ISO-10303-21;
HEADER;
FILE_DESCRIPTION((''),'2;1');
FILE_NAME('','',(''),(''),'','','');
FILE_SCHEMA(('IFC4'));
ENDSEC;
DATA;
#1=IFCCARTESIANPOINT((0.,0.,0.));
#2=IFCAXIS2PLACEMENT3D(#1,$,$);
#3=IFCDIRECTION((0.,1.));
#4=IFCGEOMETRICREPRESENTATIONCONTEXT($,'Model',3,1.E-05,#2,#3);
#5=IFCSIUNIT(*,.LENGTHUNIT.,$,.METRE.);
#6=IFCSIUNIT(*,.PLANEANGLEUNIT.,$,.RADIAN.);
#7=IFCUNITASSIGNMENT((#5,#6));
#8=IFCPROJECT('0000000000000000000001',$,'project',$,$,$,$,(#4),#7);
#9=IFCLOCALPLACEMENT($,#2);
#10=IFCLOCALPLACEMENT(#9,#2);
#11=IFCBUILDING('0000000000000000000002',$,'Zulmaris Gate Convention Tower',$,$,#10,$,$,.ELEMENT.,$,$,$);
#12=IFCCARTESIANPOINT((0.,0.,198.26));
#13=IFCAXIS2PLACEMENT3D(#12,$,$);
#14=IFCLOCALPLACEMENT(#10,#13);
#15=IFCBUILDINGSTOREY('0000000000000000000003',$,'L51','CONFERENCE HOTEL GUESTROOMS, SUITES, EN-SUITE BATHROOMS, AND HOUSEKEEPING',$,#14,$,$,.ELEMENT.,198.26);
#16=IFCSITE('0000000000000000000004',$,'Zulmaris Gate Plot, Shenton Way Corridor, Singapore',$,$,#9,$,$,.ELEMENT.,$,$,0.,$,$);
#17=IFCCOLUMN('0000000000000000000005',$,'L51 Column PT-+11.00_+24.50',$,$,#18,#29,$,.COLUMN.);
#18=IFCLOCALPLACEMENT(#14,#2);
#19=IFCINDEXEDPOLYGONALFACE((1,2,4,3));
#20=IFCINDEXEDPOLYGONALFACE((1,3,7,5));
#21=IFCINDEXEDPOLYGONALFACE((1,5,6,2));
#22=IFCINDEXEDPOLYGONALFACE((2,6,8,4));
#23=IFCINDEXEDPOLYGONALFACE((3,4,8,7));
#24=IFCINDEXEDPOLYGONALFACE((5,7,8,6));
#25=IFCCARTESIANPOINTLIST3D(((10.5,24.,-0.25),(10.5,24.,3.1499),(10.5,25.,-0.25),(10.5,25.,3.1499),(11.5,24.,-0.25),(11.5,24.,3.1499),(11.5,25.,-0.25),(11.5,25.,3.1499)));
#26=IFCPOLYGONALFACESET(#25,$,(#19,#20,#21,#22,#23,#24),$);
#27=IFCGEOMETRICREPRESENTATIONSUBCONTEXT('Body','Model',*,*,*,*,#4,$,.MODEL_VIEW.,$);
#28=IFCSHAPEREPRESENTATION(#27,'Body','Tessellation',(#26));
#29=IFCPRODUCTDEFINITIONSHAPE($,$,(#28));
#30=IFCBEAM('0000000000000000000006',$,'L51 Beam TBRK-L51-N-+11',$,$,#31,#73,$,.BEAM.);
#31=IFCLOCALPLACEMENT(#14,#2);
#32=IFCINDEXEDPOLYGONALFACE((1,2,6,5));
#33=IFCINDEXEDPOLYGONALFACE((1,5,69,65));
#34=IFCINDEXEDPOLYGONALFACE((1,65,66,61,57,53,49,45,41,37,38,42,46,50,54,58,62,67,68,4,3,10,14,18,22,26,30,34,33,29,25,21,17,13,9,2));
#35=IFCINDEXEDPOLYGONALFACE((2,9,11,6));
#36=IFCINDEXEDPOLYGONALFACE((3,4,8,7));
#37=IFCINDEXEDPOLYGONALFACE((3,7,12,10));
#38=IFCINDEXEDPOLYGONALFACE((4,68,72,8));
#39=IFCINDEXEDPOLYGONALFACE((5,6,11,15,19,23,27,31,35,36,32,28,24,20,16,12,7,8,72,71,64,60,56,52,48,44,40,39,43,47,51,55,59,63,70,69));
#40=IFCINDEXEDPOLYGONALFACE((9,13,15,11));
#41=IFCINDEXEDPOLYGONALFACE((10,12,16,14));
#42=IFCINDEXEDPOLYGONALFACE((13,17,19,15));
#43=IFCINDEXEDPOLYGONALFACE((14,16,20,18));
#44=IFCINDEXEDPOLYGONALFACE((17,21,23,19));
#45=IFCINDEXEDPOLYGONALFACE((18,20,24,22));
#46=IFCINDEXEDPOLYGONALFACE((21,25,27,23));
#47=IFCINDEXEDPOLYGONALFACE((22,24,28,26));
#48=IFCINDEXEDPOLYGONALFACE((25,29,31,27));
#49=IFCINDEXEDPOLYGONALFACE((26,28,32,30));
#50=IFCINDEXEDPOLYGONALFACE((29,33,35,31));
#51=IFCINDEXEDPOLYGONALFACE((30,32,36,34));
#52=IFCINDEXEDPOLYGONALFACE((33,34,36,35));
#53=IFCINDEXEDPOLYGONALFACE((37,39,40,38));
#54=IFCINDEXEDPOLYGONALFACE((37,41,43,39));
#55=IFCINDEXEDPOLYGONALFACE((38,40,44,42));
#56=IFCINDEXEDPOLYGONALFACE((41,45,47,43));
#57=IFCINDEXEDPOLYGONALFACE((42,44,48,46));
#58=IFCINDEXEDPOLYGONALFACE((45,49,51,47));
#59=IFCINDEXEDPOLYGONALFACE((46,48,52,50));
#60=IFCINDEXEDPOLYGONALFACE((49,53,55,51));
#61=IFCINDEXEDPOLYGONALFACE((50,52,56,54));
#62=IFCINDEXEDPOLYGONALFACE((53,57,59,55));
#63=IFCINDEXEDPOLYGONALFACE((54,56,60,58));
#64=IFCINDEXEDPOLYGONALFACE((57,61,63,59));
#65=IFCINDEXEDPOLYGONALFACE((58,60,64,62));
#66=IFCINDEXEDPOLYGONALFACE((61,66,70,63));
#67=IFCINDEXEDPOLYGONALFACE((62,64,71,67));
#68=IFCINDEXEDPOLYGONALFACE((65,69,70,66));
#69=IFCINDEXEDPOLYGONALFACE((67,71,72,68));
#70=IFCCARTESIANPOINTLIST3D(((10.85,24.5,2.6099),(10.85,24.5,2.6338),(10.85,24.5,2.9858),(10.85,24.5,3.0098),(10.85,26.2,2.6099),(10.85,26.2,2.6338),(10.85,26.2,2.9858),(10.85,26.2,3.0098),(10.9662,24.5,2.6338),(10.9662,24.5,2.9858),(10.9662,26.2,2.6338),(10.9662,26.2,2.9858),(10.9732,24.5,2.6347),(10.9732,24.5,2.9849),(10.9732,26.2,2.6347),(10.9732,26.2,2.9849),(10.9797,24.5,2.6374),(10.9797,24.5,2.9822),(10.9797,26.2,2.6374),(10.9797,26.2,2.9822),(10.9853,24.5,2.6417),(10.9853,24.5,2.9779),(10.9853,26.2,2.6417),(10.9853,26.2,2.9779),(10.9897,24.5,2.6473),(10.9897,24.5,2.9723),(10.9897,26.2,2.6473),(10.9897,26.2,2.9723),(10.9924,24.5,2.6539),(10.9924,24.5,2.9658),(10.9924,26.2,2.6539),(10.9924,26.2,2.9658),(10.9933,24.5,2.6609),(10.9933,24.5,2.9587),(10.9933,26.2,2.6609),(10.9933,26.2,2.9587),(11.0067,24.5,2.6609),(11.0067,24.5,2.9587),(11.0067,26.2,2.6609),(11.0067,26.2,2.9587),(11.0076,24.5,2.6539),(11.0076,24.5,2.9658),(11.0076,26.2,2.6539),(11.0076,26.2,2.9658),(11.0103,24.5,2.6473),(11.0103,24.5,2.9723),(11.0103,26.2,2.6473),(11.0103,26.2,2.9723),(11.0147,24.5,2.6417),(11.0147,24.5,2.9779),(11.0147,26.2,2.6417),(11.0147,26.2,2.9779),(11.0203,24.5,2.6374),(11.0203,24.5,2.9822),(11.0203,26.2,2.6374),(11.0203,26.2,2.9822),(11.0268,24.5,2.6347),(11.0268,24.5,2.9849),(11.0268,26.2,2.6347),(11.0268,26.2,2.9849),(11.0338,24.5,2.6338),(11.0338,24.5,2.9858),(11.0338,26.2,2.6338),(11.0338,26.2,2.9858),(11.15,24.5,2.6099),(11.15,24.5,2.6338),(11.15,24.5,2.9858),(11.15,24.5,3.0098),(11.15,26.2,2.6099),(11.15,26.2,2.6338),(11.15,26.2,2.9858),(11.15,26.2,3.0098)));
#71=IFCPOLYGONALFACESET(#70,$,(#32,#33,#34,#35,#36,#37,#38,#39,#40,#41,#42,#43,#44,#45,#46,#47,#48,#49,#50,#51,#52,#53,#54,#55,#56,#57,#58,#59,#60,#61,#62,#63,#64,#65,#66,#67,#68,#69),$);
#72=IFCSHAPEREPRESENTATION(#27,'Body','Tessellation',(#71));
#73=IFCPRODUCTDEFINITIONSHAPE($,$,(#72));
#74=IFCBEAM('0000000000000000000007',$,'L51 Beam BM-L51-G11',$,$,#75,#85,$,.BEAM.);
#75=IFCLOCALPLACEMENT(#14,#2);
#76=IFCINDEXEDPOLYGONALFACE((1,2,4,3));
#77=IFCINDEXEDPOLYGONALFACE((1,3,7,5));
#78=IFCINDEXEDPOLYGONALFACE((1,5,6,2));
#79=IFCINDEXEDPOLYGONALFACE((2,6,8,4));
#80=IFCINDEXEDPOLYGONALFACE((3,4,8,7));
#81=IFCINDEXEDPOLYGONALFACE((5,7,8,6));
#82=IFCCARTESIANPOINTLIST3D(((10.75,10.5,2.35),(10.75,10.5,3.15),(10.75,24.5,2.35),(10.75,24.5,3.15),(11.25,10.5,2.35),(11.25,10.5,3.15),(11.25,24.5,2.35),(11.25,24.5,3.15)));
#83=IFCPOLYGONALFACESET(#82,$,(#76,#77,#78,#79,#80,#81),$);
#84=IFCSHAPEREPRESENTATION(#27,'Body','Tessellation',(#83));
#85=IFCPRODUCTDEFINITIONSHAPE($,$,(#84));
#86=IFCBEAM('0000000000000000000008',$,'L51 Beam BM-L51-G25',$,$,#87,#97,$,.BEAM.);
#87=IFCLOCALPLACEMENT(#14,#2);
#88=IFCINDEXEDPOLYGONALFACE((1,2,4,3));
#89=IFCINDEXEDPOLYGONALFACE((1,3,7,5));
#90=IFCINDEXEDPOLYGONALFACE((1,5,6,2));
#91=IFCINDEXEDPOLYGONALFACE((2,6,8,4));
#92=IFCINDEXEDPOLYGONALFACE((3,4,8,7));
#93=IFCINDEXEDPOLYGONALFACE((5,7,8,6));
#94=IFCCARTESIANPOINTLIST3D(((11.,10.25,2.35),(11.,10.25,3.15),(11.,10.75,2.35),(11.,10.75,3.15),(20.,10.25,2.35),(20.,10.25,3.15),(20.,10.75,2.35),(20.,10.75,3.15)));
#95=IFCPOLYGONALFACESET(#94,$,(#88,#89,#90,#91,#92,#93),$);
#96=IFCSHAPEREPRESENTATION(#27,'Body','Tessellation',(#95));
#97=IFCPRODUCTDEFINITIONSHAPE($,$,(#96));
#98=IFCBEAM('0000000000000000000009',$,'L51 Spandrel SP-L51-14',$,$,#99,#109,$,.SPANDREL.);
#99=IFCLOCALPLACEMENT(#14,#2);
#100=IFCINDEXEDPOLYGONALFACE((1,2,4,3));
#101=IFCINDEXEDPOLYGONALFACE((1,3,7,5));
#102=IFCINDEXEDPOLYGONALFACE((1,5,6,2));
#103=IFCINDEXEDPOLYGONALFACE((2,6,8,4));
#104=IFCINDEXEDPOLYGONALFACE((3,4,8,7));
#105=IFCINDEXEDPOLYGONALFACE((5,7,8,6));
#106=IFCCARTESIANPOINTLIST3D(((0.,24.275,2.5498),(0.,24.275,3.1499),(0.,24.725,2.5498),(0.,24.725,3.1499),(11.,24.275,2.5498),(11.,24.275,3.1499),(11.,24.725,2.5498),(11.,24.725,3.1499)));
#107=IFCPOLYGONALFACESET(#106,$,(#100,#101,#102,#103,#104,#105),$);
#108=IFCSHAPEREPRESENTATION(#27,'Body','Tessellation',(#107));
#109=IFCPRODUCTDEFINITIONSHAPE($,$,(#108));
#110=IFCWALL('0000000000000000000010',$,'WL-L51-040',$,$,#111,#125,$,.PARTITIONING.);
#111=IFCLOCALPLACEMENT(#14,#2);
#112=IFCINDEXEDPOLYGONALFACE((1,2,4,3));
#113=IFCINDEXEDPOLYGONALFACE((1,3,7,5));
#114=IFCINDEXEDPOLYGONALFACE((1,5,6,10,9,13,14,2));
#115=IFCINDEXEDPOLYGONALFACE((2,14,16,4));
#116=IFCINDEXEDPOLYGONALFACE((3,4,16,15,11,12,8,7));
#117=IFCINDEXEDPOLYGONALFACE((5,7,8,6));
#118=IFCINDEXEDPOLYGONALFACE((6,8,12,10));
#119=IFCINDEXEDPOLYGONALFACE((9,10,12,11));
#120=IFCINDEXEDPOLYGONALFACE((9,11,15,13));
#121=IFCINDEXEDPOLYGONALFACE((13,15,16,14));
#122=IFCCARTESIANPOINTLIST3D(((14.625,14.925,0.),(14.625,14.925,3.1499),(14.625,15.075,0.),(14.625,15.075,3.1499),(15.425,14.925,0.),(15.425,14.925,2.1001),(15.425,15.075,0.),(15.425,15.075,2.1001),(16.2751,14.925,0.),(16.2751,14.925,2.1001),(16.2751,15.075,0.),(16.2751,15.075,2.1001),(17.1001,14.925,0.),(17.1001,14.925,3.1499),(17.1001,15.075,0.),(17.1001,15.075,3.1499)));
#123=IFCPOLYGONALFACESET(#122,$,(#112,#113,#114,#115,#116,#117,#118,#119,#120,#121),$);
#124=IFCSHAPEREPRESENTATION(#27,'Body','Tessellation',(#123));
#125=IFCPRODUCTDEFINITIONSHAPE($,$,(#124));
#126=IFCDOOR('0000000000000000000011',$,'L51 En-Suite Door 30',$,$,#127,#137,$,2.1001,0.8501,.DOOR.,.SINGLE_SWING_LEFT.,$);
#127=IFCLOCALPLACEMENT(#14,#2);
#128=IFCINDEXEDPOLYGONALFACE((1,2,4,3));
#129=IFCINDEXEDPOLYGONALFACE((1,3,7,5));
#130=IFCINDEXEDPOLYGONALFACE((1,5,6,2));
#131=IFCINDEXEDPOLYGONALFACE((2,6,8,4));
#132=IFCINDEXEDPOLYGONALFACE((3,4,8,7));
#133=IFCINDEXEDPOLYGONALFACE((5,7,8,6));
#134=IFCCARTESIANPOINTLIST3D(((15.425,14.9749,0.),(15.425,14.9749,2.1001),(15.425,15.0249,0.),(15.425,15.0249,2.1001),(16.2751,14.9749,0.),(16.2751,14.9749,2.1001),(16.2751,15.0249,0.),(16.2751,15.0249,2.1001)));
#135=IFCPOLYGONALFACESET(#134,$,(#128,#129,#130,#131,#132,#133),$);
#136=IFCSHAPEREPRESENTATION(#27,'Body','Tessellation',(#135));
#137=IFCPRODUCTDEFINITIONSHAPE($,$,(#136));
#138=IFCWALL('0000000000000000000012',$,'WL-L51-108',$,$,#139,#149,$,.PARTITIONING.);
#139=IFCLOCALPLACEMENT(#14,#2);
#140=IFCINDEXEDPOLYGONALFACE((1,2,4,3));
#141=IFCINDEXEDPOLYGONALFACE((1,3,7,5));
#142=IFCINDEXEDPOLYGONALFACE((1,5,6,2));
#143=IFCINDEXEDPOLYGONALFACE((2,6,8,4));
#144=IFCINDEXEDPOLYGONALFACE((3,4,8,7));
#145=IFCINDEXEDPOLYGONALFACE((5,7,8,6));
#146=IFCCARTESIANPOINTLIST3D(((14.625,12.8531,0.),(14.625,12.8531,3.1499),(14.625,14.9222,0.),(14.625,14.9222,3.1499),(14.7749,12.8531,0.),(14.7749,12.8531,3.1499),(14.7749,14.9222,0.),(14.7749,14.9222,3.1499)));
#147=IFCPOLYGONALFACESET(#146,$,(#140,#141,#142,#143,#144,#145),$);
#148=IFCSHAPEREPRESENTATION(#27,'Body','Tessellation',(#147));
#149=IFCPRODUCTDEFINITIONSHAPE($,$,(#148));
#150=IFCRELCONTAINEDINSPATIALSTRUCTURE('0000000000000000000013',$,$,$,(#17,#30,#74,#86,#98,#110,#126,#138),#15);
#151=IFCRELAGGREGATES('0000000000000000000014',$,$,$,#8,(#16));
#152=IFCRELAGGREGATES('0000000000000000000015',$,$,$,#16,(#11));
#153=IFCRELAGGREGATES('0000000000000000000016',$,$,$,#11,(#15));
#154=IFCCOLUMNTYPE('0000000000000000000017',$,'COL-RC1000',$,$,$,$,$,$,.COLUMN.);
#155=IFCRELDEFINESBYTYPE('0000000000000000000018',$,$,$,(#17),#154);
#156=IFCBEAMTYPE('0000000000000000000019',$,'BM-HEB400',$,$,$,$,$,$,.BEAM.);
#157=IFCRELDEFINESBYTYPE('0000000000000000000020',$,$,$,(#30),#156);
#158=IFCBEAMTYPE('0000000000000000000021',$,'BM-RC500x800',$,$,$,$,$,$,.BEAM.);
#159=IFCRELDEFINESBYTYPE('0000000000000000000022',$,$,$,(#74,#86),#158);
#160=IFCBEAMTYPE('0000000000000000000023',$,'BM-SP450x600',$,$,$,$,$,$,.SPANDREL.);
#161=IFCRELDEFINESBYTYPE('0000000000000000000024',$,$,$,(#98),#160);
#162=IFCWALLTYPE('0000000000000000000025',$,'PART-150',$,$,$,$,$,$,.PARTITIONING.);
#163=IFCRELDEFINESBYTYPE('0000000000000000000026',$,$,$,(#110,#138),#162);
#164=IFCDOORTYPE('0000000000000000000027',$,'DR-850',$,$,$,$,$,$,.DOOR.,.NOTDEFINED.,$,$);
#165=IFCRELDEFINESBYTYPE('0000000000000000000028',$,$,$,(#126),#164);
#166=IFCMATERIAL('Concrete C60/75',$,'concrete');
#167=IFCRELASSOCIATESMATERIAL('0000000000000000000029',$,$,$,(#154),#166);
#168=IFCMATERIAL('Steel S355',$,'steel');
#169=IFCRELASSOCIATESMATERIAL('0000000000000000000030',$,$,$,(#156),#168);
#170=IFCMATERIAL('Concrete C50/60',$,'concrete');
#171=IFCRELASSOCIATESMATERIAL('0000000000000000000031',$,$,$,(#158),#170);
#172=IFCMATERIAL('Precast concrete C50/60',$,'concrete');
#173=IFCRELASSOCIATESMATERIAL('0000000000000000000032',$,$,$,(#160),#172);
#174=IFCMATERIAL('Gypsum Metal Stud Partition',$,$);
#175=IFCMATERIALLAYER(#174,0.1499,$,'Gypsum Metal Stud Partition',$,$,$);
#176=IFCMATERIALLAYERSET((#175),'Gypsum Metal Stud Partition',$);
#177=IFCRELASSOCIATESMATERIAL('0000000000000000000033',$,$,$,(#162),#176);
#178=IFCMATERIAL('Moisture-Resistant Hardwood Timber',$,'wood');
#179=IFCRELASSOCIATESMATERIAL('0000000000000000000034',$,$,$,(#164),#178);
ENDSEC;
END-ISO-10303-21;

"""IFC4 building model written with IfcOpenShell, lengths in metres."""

from ifc_helpers import new_model, si_unit, direction, frame, frame_2d, origin, origin_2d, place, context, subcontext, project, spatial, rectangle, i_section, extrude, material, layer, layer_set, material_profile, profile_set, type_object, element, fill, save


model = new_model("IFC4")

# Units and contexts
model_context = context("Model", 3, precision=1e-05, world=origin(), true_north=direction((0.0, 1.0)))
body_context = subcontext(model_context, "Body", "Model", "MODEL_VIEW")
ifc_project = project(units=[si_unit("LENGTHUNIT", "METRE"), si_unit("PLANEANGLEUNIT", "RADIAN")], contexts=[model_context])

# Site, building, storey
site_placement = place(None, origin())
site = spatial("IfcSite", under=ifc_project, at=site_placement, Name="Zulmaris Gate Plot, Shenton Way Corridor, Singapore", CompositionType="ELEMENT", RefElevation=0.0)
building_placement = place(site_placement, origin())
building = spatial("IfcBuilding", under=site, at=building_placement, Name="Zulmaris Gate Convention Tower", CompositionType="ELEMENT")
storey_placement = place(building_placement, frame((0.0, 0.0, 198.26)))
storey = spatial("IfcBuildingStorey", under=building, at=storey_placement, Name="L51", Description="CONFERENCE HOTEL GUESTROOMS, SUITES, EN-SUITE BATHROOMS, AND HOUSEKEEPING", CompositionType="ELEMENT", Elevation=198.26)

# Column
ifc_material_1 = material(Name="Concrete C60/75", Category="concrete")
ifc_material_profile_1 = material_profile(ifc_material_1, rectangle(XDim=1.0, YDim=1.0, at=origin_2d()), Name="RC COL 1000x1000")
ifc_profile_set_1 = profile_set([ifc_material_profile_1], Name="Concrete C60/75")
column_type = type_object("IfcColumnType", Name="COL-RC1000", PredefinedType="COLUMN", material=ifc_profile_set_1)
column_placement = place(storey_placement, frame((11.0, 24.5, -0.25), z_axis=(0.0, 0.0, 1.0), x_axis=(1.0, 0.0, 0.0)))
element("IfcColumn", 1, at=column_placement, inside=storey, type_object=column_type, Name="L51 Column PT-+11.00_+24.50", PredefinedType="COLUMN", context=body_context, shape_type="SweptSolid", body=[
    extrude(rectangle(XDim=1.0, YDim=1.0, at=origin_2d()), origin(), (0.0, 0.0, 1.0), 3.3999),
])

# Beams
ifc_material_2 = material(Name="Steel S355", Category="steel")
ifc_material_profile_2 = material_profile(ifc_material_2, i_section(OverallWidth=0.3, OverallDepth=0.3999, WebThickness=0.0134, FlangeThickness=0.0239, FilletRadius=0.0271, at=origin_2d()), Name="HEB 400")
ifc_profile_set_2 = profile_set([ifc_material_profile_2], Name="Steel S355")
beam_type_1 = type_object("IfcBeamType", Name="BM-HEB400", PredefinedType="BEAM", material=ifc_profile_set_2)
beam_1_placement = place(storey_placement, frame((11.0, 24.5, 2.8098), z_axis=(0.0, 1.0, 0.0), x_axis=(-1.0, 0.0, 0.0)))
element("IfcBeam", 2, at=beam_1_placement, inside=storey, type_object=beam_type_1, Name="L51 Beam TBRK-L51-N-+11", PredefinedType="BEAM", context=body_context, shape_type="SweptSolid", body=[
    extrude(i_section(OverallWidth=0.3, OverallDepth=0.3999, WebThickness=0.0134, FlangeThickness=0.0239, FilletRadius=0.0271, at=origin_2d()), origin(), (0.0, 0.0, 1.0), 1.7),
])
ifc_material_3 = material(Name="Concrete C50/60", Category="concrete")
ifc_material_profile_3 = material_profile(ifc_material_3, rectangle(XDim=0.5, YDim=0.8, at=origin_2d()), Name="RC BEAM 500x800")
ifc_profile_set_3 = profile_set([ifc_material_profile_3], Name="Concrete C50/60")
beam_type_2 = type_object("IfcBeamType", Name="BM-RC500x800", PredefinedType="BEAM", material=ifc_profile_set_3)
beam_2_placement = place(storey_placement, frame((11.0, 10.5, 2.75), z_axis=(0.0, 1.0, 0.0), x_axis=(-1.0, 0.0, 0.0)))
element("IfcBeam", 3, at=beam_2_placement, inside=storey, type_object=beam_type_2, Name="L51 Beam BM-L51-G11", PredefinedType="BEAM", context=body_context, shape_type="SweptSolid", body=[
    extrude(rectangle(XDim=0.5, YDim=0.8, at=origin_2d()), origin(), (0.0, 0.0, 1.0), 14.0),
])
beam_3_placement = place(storey_placement, frame((11.0, 10.5, 2.75), z_axis=(1.0, 0.0, 0.0), x_axis=(0.0, 1.0, 0.0)))
element("IfcBeam", 4, at=beam_3_placement, inside=storey, type_object=beam_type_2, Name="L51 Beam BM-L51-G25", PredefinedType="BEAM", context=body_context, shape_type="SweptSolid", body=[
    extrude(rectangle(XDim=0.5, YDim=0.8, at=origin_2d()), origin(), (0.0, 0.0, 1.0), 9.0),
])
ifc_material_4 = material(Name="Precast concrete C50/60", Category="concrete")
ifc_material_profile_4 = material_profile(ifc_material_4, rectangle(XDim=0.45, YDim=0.6001, at=origin_2d()), Name="RC SPANDREL 450x600")
ifc_profile_set_4 = profile_set([ifc_material_profile_4], Name="Precast concrete C50/60")
beam_type_3 = type_object("IfcBeamType", Name="BM-SP450x600", PredefinedType="SPANDREL", material=ifc_profile_set_4)
beam_4_placement = place(storey_placement, frame((11.0, 24.5, 2.8499), z_axis=(-1.0, 0.0, 0.0), x_axis=(0.0, -1.0, 0.0)))
element("IfcBeam", 5, at=beam_4_placement, inside=storey, type_object=beam_type_3, Name="L51 Spandrel SP-L51-14", PredefinedType="SPANDREL", context=body_context, shape_type="SweptSolid", body=[
    extrude(rectangle(XDim=0.45, YDim=0.6001, at=origin_2d()), origin(), (0.0, 0.0, 1.0), 11.0),
])

# Wall, opening, door
ifc_material_5 = material(Name="Gypsum Metal Stud Partition")
ifc_layer_1 = layer(ifc_material_5, 0.1499, Name="Gypsum Metal Stud Partition")
ifc_layer_set_1 = layer_set([ifc_layer_1], Name="Gypsum Metal Stud Partition")
wall_type_1 = type_object("IfcWallType", Name="PART-150", PredefinedType="PARTITIONING", material=ifc_layer_set_1)
wall_1_placement = place(storey_placement, frame((14.625, 15.0, 0.0), z_axis=(0.0, 0.0, 1.0), x_axis=(1.0, 0.0, 0.0)))
wall_1 = element("IfcWall", 6, at=wall_1_placement, inside=storey, type_object=wall_type_1, Name="WL-L51-040", PredefinedType="PARTITIONING", context=body_context, shape_type="SweptSolid", body=[
    extrude(rectangle(XDim=2.4751, YDim=0.1499, at=frame_2d((1.2375, 0.0))), origin(), (0.0, 0.0, 1.0), 3.1499),
])
opening_1_placement = place(wall_1_placement, frame((0.8, 0.0, 0.0)))
opening_1 = element("IfcOpeningElement", 7, at=opening_1_placement, cuts=wall_1, PredefinedType="OPENING", context=body_context, shape_type="SweptSolid", body=[
    extrude(rectangle(XDim=0.8501, YDim=2.1001, at=frame_2d((0.425, 1.05))), frame((0.0, 0.085, 0.0), z_axis=(0.0, -1.0, 0.0), x_axis=(1.0, 0.0, 0.0)), (0.0, 0.0, 1.0), 0.1699),
])
ifc_material_6 = material(Name="Moisture-Resistant Hardwood Timber", Category="wood")
door_type_1 = type_object("IfcDoorType", Name="DR-850", OperationType="NOTDEFINED", PredefinedType="DOOR", material=ifc_material_6)
door_1_placement = place(opening_1_placement, origin())
door_1 = element("IfcDoor", 8, at=door_1_placement, inside=storey, type_object=door_type_1, Name="L51 En-Suite Door 30", OperationType="SINGLE_SWING_LEFT", OverallHeight=2.1001, OverallWidth=0.8501, PredefinedType="DOOR", context=body_context, shape_type="SweptSolid", body=[
    extrude(rectangle(XDim=0.8501, YDim=2.1001, at=frame_2d((0.425, 1.05))), frame((0.0, 0.0249, 0.0), z_axis=(0.0, -1.0, 0.0), x_axis=(1.0, 0.0, 0.0)), (0.0, 0.0, 1.0), 0.05),
])
fill(opening_1, door_1)

# Wall
wall_2_placement = place(storey_placement, frame((14.7, 12.853, 0.0), z_axis=(0.0, 0.0, 1.0), x_axis=(0.0, 1.0, 0.0)))
element("IfcWall", 9, at=wall_2_placement, inside=storey, type_object=wall_type_1, Name="WL-L51-108", PredefinedType="PARTITIONING", context=body_context, shape_type="SweptSolid", body=[
    extrude(rectangle(XDim=2.0691, YDim=0.1499, at=frame_2d((1.0347, 0.0))), origin(), (0.0, 0.0, 1.0), 3.1499),
])

save(model, "model.ifc")
